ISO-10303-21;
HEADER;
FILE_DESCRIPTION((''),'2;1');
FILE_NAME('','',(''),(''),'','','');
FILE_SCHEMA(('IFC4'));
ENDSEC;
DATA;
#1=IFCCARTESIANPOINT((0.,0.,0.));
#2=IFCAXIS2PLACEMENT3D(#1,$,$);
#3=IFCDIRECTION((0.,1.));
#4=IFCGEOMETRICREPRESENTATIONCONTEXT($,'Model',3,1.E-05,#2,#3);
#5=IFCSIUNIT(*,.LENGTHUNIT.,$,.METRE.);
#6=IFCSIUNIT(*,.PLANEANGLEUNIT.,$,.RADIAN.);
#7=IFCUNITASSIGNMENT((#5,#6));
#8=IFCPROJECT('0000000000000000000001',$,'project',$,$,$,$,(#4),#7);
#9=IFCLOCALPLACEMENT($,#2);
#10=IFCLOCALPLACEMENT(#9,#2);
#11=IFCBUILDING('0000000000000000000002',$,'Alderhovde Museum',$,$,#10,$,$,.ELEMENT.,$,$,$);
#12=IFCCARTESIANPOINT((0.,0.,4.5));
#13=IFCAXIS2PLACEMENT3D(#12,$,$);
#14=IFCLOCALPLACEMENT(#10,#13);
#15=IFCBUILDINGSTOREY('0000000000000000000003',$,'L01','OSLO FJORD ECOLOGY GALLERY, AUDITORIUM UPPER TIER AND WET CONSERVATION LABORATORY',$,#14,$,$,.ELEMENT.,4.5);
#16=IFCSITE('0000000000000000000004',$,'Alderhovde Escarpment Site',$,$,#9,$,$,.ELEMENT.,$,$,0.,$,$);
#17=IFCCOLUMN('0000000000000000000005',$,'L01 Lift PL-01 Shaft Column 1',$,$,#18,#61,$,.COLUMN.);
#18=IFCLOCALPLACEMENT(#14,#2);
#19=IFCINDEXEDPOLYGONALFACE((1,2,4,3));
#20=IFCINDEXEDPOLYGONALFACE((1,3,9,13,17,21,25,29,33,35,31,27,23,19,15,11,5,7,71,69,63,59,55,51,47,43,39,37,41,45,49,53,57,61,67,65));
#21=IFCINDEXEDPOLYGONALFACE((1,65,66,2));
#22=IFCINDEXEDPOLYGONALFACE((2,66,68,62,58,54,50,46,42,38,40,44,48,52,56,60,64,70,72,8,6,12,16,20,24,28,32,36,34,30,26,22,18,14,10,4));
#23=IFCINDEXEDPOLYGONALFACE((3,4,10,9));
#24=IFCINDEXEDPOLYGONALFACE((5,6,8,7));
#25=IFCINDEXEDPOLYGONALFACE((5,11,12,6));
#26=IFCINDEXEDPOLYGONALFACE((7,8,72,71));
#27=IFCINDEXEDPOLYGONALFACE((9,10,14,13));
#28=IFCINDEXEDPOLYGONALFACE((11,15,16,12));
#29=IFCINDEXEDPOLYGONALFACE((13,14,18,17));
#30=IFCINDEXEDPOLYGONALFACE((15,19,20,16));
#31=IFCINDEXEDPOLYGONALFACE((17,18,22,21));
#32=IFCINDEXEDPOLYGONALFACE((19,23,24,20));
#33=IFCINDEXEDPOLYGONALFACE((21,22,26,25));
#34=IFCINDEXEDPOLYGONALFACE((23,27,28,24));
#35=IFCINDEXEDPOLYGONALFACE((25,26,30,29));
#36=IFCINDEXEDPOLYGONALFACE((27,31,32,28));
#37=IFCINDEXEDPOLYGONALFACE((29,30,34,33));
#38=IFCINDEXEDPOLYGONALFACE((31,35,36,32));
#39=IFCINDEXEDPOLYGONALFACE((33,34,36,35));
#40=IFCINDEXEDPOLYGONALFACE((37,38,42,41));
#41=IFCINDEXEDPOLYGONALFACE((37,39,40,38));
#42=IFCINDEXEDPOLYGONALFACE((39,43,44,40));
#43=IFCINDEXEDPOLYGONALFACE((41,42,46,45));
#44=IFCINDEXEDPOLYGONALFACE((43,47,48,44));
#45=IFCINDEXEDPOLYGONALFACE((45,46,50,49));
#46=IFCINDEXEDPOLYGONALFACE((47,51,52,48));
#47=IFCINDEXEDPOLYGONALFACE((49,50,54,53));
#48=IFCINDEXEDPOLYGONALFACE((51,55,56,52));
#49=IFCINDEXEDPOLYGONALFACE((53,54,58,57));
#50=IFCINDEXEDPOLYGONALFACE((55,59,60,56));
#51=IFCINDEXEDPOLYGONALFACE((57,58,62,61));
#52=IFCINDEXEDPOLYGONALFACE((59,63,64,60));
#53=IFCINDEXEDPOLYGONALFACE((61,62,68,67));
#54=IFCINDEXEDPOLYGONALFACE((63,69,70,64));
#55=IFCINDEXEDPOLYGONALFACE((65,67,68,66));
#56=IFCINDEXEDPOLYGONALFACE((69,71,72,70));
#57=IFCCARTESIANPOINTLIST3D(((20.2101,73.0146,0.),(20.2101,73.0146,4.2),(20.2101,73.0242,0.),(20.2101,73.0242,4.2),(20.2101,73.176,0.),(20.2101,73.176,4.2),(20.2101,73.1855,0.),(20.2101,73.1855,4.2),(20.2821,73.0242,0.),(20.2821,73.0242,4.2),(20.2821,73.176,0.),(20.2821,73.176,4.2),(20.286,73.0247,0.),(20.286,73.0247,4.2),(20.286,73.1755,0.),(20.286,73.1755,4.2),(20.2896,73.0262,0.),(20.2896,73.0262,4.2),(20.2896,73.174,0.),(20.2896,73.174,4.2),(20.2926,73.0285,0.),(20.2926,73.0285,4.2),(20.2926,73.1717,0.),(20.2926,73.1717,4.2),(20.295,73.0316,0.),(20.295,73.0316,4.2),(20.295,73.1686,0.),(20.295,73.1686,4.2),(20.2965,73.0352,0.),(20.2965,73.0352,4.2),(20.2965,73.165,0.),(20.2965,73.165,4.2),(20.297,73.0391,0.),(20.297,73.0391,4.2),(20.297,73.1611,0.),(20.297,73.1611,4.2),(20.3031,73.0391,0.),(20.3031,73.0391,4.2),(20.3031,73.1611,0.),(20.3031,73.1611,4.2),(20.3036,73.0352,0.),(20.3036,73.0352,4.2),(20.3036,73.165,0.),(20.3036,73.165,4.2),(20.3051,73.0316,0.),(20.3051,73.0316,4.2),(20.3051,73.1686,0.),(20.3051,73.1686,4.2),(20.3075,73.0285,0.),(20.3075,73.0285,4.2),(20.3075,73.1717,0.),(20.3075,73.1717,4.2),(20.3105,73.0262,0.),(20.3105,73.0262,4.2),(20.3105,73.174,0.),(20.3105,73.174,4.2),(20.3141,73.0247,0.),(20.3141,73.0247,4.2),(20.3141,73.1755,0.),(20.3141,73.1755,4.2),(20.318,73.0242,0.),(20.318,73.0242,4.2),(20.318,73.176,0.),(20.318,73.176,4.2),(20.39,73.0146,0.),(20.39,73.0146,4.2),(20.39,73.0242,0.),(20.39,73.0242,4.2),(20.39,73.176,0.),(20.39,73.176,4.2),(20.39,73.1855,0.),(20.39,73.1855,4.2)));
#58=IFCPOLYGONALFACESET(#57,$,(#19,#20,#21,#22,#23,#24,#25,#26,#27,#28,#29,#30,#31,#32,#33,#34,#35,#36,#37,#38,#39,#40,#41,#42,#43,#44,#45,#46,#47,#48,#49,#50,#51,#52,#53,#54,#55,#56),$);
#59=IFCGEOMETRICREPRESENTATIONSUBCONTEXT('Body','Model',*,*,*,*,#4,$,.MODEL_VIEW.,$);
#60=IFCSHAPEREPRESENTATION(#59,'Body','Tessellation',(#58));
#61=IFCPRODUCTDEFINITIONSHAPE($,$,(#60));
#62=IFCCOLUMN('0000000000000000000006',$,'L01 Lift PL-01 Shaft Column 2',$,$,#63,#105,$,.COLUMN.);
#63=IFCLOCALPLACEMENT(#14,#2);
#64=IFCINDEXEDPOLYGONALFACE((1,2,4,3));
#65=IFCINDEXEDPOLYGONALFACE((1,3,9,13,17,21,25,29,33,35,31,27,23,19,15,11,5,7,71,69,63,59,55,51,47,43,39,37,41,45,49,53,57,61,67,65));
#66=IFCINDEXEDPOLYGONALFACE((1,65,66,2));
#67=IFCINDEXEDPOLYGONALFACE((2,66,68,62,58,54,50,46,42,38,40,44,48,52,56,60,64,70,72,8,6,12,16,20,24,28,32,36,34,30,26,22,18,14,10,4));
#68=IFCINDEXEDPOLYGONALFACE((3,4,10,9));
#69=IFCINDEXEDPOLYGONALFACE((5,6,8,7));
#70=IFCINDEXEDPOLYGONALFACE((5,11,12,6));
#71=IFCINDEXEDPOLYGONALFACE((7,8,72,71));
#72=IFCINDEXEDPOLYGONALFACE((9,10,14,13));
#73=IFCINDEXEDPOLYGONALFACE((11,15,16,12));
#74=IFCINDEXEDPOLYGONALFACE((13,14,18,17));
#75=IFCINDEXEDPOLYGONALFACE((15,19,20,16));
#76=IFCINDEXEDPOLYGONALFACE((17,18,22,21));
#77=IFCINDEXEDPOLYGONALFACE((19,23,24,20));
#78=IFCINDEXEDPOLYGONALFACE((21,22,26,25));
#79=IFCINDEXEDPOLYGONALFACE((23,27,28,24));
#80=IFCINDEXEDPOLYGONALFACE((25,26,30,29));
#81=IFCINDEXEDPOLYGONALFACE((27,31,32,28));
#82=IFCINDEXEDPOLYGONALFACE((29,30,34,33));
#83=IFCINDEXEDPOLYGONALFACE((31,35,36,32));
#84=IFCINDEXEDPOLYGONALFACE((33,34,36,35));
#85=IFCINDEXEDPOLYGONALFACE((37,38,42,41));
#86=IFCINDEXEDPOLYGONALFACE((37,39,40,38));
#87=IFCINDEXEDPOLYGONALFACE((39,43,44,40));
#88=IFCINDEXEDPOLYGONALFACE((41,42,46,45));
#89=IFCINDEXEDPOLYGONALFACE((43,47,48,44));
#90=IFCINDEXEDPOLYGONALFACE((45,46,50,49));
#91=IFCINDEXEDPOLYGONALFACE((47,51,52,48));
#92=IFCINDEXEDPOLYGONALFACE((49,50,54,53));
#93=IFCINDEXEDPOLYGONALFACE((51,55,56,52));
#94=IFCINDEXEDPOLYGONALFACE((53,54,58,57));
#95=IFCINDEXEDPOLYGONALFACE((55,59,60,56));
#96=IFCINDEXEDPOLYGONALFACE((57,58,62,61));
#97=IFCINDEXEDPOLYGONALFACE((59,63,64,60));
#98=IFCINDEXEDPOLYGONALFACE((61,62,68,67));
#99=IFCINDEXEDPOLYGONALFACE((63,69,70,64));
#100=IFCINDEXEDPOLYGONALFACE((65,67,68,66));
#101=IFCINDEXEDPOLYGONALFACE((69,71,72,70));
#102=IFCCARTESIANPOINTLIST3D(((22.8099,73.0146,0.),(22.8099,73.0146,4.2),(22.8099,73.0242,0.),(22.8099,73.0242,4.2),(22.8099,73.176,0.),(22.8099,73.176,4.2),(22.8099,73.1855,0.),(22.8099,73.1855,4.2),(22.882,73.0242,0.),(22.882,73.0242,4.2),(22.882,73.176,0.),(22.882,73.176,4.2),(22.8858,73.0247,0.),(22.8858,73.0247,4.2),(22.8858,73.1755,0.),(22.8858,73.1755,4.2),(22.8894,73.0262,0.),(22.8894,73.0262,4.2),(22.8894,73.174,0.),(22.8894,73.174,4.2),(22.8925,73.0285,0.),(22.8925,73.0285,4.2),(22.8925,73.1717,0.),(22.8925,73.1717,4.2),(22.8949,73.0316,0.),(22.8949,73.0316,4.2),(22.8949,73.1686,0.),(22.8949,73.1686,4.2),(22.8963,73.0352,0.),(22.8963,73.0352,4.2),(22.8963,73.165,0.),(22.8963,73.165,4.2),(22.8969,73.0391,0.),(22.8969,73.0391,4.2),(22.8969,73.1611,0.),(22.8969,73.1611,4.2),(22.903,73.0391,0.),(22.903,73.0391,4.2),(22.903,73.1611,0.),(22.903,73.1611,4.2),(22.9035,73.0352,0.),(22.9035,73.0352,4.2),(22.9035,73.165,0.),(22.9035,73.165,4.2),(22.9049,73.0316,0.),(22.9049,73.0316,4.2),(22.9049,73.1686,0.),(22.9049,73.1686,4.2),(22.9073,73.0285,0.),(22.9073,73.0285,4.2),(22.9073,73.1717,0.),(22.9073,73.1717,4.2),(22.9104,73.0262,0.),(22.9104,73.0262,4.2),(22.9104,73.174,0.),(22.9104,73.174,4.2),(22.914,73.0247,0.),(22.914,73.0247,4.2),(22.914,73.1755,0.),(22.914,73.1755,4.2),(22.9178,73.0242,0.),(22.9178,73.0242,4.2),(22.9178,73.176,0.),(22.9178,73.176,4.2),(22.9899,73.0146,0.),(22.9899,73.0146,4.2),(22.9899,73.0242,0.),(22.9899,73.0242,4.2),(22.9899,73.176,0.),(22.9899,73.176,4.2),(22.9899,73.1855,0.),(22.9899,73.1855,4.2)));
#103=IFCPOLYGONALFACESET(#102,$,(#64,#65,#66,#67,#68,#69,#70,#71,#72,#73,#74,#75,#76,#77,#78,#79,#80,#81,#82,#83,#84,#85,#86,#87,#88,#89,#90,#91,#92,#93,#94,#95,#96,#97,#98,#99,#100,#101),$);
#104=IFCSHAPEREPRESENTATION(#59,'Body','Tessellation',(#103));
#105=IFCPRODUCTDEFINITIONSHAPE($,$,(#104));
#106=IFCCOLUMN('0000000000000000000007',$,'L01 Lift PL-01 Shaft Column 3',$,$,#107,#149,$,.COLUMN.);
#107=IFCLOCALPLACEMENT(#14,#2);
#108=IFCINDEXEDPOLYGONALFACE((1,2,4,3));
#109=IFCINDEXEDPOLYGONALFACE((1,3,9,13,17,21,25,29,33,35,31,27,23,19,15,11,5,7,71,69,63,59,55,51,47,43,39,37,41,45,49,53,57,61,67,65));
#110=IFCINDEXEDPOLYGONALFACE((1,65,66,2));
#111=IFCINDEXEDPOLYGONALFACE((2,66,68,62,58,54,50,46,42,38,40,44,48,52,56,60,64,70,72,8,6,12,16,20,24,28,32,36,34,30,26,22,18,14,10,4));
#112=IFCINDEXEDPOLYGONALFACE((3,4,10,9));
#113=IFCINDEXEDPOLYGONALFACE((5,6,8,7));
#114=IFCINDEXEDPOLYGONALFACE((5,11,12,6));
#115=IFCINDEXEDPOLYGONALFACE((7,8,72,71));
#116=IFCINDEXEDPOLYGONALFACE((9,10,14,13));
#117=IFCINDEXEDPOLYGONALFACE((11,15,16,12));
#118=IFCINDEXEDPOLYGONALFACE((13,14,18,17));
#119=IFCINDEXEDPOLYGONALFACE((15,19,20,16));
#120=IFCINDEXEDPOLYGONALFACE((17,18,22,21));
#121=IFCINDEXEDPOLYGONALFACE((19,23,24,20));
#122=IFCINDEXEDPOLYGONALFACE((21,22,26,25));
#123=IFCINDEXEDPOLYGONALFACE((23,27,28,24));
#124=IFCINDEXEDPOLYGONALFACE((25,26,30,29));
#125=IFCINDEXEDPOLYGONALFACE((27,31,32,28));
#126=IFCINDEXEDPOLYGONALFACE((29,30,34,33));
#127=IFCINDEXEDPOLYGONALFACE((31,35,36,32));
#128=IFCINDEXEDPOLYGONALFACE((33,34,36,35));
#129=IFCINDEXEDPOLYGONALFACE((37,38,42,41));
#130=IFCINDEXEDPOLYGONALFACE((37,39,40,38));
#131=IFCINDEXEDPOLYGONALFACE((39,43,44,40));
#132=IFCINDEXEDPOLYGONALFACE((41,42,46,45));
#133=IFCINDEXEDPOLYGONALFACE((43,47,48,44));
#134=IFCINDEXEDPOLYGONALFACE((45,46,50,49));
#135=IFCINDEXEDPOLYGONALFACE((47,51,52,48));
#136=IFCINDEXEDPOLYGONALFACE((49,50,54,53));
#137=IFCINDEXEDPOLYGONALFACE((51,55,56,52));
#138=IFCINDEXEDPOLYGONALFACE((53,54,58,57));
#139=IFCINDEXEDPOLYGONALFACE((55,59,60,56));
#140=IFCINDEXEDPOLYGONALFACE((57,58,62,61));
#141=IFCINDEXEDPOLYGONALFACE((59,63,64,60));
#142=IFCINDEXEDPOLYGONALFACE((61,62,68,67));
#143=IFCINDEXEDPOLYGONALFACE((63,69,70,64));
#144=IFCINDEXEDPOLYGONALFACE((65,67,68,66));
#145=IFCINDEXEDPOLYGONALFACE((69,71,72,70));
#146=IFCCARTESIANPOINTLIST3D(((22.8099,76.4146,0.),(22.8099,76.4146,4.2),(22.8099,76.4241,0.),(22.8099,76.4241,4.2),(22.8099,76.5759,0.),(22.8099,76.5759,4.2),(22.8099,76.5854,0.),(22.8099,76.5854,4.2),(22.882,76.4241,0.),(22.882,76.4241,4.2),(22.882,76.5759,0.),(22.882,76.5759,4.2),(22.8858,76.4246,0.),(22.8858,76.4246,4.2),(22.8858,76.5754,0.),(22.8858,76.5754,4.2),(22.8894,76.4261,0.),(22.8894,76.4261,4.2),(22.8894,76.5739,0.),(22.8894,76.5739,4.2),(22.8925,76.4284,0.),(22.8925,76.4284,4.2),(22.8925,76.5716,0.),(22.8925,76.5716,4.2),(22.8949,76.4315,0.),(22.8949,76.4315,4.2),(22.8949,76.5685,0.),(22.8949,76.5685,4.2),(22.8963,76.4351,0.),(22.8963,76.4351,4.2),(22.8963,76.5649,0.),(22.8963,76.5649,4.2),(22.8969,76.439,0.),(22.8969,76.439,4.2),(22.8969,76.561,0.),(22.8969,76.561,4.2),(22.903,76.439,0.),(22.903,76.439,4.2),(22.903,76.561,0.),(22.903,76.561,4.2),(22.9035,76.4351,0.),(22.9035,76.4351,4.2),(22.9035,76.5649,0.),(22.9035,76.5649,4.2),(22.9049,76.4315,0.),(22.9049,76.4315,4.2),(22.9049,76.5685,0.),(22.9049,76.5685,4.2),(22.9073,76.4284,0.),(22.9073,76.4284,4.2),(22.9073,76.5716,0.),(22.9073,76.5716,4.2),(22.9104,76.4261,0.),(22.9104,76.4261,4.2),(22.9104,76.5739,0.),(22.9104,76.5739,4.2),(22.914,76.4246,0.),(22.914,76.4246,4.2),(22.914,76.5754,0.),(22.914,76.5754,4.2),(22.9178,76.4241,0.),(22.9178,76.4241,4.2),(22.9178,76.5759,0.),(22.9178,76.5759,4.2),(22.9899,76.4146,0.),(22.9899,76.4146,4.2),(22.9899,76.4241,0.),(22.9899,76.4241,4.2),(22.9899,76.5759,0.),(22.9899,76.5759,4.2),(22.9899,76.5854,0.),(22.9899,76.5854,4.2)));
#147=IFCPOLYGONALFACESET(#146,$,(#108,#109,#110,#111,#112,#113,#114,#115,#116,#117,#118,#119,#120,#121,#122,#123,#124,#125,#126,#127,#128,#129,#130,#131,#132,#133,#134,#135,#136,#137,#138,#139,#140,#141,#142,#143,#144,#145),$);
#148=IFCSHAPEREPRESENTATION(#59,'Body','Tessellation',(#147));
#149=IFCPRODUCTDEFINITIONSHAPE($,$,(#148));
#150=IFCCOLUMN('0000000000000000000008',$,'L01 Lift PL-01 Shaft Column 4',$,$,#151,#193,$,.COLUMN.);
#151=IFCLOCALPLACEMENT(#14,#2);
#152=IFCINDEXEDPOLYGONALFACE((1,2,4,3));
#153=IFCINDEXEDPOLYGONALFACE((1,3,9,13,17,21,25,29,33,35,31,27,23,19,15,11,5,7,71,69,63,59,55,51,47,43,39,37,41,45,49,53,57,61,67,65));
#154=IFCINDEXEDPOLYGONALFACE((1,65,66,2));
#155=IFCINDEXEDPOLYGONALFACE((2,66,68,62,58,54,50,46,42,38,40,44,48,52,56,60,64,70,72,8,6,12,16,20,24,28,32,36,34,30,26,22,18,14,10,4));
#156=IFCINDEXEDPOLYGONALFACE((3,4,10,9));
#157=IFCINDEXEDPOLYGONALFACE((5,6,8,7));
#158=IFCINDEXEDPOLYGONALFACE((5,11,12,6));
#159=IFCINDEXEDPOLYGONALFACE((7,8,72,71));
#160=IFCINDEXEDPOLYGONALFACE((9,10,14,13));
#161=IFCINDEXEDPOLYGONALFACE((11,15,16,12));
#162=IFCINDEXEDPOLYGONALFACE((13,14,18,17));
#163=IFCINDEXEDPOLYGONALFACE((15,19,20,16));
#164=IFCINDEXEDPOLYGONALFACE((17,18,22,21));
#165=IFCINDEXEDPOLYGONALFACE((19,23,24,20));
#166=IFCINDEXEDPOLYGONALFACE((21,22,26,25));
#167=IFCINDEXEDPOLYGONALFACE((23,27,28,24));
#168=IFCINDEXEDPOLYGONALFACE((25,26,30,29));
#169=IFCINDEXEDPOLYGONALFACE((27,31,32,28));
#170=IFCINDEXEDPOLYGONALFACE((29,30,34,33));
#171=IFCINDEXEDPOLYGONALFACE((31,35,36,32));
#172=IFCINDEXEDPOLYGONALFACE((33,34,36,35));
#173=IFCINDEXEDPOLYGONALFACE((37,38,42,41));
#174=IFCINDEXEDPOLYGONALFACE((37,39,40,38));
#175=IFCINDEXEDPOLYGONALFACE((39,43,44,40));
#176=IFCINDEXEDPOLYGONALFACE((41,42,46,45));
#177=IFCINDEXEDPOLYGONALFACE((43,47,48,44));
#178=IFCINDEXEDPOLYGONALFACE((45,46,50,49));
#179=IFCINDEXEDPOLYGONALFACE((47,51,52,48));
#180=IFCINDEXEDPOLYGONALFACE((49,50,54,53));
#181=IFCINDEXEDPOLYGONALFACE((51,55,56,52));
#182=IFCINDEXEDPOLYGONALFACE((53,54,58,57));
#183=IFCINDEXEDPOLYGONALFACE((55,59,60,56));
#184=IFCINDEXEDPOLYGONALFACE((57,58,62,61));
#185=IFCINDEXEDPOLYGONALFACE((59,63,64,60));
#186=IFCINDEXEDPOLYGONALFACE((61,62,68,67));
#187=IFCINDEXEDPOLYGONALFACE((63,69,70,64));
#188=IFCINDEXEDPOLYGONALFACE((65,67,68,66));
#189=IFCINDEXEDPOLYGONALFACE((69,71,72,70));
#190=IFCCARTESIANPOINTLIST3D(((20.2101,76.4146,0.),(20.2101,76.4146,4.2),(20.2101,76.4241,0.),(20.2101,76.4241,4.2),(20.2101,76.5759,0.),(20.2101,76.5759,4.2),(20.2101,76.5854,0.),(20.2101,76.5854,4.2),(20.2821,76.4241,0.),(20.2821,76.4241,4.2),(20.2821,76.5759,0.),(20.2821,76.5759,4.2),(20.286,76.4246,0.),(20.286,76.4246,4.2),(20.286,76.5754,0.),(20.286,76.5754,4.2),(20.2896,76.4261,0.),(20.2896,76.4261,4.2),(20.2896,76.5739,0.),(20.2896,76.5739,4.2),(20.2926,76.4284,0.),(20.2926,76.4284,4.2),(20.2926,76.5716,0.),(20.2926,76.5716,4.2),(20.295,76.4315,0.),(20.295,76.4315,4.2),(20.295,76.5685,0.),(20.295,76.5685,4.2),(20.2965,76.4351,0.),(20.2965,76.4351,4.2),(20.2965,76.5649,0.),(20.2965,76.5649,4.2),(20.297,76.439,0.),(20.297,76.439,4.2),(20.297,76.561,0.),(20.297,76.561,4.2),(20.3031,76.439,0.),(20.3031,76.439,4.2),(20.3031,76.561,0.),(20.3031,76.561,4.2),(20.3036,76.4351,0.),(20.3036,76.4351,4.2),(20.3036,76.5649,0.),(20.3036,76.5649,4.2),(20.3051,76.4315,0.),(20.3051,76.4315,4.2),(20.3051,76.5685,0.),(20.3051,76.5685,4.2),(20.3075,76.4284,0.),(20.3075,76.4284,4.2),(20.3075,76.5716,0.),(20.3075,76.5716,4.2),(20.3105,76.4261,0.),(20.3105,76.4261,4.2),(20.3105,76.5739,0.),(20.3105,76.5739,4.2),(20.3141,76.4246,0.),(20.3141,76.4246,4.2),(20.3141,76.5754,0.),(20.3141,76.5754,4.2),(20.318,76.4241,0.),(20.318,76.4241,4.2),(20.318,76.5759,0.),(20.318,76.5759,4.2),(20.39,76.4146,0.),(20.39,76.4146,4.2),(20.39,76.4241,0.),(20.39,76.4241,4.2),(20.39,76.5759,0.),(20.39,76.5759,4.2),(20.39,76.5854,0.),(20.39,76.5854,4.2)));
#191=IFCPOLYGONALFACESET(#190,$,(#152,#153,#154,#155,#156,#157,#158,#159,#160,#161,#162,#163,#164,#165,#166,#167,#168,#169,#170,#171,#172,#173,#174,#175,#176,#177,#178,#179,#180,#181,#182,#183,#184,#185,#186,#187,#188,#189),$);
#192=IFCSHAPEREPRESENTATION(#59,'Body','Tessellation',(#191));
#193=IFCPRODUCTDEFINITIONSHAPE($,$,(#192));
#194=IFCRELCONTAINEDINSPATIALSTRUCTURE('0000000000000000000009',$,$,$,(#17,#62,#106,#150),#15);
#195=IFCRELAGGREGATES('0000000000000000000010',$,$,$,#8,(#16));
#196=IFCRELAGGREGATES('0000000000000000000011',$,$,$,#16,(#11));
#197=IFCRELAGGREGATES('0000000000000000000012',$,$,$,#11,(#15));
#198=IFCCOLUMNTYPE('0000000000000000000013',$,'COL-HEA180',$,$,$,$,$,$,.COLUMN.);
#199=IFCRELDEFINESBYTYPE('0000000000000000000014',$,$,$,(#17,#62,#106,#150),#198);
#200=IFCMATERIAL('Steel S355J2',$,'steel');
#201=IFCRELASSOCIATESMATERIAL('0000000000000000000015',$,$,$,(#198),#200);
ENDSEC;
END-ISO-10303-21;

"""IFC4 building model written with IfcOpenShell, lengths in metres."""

from ifc_helpers import new_model, si_unit, direction, frame, origin, origin_2d, place, context, subcontext, project, spatial, i_section, extrude, material, material_profile, profile_set, type_object, element, save


model = new_model("IFC4")

# Units and contexts
model_context = context("Model", 3, precision=1e-05, world=origin(), true_north=direction((0.0, 1.0)))
body_context = subcontext(model_context, "Body", "Model", "MODEL_VIEW")
ifc_project = project(units=[si_unit("LENGTHUNIT", "METRE"), si_unit("PLANEANGLEUNIT", "RADIAN")], contexts=[model_context])

# Site, building, storey
site_placement = place(None, origin())
site = spatial("IfcSite", under=ifc_project, at=site_placement, Name="Alderhovde Escarpment Site", CompositionType="ELEMENT", RefElevation=0.0)
building_placement = place(site_placement, origin())
building = spatial("IfcBuilding", under=site, at=building_placement, Name="Alderhovde Museum", CompositionType="ELEMENT")
storey_placement = place(building_placement, frame((0.0, 0.0, 4.5)))
storey = spatial("IfcBuildingStorey", under=building, at=storey_placement, Name="L01", Description="OSLO FJORD ECOLOGY GALLERY, AUDITORIUM UPPER TIER AND WET CONSERVATION LABORATORY", CompositionType="ELEMENT", Elevation=4.5)

# Columns
ifc_material_1 = material(Name="Steel S355J2", Category="steel")
ifc_material_profile_1 = material_profile(ifc_material_1, i_section(OverallWidth=0.1799, OverallDepth=0.1709, WebThickness=0.0061, FlangeThickness=0.0095, FilletRadius=0.0149, at=origin_2d()), Name="HEA 180")
ifc_profile_set_1 = profile_set([ifc_material_profile_1], Name="Steel S355J2")
column_type = type_object("IfcColumnType", Name="COL-HEA180", PredefinedType="COLUMN", material=ifc_profile_set_1)
for number, where, z_axis, x_axis, name in (
    (1, (20.3, 73.1001, 0.0), (0.0, 0.0, 1.0), (1.0, 0.0, 0.0), "L01 Lift PL-01 Shaft Column 1"),
    (2, (22.8999, 73.1001, 0.0), (0.0, 0.0, 1.0), (1.0, 0.0, 0.0), "L01 Lift PL-01 Shaft Column 2"),
    (3, (22.8999, 76.5, 0.0), (0.0, 0.0, 1.0), (1.0, 0.0, 0.0), "L01 Lift PL-01 Shaft Column 3"),
    (4, (20.3, 76.5, 0.0), (0.0, 0.0, 1.0), (1.0, 0.0, 0.0), "L01 Lift PL-01 Shaft Column 4"),
):
    element("IfcColumn", number, at=place(storey_placement, frame(where, z_axis=z_axis, x_axis=x_axis)), inside=storey, type_object=column_type, Name=name, PredefinedType="COLUMN", context=body_context, shape_type="SweptSolid", body=[
        extrude(i_section(OverallWidth=0.1799, OverallDepth=0.1709, WebThickness=0.0061, FlangeThickness=0.0095, FilletRadius=0.0149, at=origin_2d()), origin(), (0.0, 0.0, 1.0), 4.2),
    ])

save(model, "model.ifc")
